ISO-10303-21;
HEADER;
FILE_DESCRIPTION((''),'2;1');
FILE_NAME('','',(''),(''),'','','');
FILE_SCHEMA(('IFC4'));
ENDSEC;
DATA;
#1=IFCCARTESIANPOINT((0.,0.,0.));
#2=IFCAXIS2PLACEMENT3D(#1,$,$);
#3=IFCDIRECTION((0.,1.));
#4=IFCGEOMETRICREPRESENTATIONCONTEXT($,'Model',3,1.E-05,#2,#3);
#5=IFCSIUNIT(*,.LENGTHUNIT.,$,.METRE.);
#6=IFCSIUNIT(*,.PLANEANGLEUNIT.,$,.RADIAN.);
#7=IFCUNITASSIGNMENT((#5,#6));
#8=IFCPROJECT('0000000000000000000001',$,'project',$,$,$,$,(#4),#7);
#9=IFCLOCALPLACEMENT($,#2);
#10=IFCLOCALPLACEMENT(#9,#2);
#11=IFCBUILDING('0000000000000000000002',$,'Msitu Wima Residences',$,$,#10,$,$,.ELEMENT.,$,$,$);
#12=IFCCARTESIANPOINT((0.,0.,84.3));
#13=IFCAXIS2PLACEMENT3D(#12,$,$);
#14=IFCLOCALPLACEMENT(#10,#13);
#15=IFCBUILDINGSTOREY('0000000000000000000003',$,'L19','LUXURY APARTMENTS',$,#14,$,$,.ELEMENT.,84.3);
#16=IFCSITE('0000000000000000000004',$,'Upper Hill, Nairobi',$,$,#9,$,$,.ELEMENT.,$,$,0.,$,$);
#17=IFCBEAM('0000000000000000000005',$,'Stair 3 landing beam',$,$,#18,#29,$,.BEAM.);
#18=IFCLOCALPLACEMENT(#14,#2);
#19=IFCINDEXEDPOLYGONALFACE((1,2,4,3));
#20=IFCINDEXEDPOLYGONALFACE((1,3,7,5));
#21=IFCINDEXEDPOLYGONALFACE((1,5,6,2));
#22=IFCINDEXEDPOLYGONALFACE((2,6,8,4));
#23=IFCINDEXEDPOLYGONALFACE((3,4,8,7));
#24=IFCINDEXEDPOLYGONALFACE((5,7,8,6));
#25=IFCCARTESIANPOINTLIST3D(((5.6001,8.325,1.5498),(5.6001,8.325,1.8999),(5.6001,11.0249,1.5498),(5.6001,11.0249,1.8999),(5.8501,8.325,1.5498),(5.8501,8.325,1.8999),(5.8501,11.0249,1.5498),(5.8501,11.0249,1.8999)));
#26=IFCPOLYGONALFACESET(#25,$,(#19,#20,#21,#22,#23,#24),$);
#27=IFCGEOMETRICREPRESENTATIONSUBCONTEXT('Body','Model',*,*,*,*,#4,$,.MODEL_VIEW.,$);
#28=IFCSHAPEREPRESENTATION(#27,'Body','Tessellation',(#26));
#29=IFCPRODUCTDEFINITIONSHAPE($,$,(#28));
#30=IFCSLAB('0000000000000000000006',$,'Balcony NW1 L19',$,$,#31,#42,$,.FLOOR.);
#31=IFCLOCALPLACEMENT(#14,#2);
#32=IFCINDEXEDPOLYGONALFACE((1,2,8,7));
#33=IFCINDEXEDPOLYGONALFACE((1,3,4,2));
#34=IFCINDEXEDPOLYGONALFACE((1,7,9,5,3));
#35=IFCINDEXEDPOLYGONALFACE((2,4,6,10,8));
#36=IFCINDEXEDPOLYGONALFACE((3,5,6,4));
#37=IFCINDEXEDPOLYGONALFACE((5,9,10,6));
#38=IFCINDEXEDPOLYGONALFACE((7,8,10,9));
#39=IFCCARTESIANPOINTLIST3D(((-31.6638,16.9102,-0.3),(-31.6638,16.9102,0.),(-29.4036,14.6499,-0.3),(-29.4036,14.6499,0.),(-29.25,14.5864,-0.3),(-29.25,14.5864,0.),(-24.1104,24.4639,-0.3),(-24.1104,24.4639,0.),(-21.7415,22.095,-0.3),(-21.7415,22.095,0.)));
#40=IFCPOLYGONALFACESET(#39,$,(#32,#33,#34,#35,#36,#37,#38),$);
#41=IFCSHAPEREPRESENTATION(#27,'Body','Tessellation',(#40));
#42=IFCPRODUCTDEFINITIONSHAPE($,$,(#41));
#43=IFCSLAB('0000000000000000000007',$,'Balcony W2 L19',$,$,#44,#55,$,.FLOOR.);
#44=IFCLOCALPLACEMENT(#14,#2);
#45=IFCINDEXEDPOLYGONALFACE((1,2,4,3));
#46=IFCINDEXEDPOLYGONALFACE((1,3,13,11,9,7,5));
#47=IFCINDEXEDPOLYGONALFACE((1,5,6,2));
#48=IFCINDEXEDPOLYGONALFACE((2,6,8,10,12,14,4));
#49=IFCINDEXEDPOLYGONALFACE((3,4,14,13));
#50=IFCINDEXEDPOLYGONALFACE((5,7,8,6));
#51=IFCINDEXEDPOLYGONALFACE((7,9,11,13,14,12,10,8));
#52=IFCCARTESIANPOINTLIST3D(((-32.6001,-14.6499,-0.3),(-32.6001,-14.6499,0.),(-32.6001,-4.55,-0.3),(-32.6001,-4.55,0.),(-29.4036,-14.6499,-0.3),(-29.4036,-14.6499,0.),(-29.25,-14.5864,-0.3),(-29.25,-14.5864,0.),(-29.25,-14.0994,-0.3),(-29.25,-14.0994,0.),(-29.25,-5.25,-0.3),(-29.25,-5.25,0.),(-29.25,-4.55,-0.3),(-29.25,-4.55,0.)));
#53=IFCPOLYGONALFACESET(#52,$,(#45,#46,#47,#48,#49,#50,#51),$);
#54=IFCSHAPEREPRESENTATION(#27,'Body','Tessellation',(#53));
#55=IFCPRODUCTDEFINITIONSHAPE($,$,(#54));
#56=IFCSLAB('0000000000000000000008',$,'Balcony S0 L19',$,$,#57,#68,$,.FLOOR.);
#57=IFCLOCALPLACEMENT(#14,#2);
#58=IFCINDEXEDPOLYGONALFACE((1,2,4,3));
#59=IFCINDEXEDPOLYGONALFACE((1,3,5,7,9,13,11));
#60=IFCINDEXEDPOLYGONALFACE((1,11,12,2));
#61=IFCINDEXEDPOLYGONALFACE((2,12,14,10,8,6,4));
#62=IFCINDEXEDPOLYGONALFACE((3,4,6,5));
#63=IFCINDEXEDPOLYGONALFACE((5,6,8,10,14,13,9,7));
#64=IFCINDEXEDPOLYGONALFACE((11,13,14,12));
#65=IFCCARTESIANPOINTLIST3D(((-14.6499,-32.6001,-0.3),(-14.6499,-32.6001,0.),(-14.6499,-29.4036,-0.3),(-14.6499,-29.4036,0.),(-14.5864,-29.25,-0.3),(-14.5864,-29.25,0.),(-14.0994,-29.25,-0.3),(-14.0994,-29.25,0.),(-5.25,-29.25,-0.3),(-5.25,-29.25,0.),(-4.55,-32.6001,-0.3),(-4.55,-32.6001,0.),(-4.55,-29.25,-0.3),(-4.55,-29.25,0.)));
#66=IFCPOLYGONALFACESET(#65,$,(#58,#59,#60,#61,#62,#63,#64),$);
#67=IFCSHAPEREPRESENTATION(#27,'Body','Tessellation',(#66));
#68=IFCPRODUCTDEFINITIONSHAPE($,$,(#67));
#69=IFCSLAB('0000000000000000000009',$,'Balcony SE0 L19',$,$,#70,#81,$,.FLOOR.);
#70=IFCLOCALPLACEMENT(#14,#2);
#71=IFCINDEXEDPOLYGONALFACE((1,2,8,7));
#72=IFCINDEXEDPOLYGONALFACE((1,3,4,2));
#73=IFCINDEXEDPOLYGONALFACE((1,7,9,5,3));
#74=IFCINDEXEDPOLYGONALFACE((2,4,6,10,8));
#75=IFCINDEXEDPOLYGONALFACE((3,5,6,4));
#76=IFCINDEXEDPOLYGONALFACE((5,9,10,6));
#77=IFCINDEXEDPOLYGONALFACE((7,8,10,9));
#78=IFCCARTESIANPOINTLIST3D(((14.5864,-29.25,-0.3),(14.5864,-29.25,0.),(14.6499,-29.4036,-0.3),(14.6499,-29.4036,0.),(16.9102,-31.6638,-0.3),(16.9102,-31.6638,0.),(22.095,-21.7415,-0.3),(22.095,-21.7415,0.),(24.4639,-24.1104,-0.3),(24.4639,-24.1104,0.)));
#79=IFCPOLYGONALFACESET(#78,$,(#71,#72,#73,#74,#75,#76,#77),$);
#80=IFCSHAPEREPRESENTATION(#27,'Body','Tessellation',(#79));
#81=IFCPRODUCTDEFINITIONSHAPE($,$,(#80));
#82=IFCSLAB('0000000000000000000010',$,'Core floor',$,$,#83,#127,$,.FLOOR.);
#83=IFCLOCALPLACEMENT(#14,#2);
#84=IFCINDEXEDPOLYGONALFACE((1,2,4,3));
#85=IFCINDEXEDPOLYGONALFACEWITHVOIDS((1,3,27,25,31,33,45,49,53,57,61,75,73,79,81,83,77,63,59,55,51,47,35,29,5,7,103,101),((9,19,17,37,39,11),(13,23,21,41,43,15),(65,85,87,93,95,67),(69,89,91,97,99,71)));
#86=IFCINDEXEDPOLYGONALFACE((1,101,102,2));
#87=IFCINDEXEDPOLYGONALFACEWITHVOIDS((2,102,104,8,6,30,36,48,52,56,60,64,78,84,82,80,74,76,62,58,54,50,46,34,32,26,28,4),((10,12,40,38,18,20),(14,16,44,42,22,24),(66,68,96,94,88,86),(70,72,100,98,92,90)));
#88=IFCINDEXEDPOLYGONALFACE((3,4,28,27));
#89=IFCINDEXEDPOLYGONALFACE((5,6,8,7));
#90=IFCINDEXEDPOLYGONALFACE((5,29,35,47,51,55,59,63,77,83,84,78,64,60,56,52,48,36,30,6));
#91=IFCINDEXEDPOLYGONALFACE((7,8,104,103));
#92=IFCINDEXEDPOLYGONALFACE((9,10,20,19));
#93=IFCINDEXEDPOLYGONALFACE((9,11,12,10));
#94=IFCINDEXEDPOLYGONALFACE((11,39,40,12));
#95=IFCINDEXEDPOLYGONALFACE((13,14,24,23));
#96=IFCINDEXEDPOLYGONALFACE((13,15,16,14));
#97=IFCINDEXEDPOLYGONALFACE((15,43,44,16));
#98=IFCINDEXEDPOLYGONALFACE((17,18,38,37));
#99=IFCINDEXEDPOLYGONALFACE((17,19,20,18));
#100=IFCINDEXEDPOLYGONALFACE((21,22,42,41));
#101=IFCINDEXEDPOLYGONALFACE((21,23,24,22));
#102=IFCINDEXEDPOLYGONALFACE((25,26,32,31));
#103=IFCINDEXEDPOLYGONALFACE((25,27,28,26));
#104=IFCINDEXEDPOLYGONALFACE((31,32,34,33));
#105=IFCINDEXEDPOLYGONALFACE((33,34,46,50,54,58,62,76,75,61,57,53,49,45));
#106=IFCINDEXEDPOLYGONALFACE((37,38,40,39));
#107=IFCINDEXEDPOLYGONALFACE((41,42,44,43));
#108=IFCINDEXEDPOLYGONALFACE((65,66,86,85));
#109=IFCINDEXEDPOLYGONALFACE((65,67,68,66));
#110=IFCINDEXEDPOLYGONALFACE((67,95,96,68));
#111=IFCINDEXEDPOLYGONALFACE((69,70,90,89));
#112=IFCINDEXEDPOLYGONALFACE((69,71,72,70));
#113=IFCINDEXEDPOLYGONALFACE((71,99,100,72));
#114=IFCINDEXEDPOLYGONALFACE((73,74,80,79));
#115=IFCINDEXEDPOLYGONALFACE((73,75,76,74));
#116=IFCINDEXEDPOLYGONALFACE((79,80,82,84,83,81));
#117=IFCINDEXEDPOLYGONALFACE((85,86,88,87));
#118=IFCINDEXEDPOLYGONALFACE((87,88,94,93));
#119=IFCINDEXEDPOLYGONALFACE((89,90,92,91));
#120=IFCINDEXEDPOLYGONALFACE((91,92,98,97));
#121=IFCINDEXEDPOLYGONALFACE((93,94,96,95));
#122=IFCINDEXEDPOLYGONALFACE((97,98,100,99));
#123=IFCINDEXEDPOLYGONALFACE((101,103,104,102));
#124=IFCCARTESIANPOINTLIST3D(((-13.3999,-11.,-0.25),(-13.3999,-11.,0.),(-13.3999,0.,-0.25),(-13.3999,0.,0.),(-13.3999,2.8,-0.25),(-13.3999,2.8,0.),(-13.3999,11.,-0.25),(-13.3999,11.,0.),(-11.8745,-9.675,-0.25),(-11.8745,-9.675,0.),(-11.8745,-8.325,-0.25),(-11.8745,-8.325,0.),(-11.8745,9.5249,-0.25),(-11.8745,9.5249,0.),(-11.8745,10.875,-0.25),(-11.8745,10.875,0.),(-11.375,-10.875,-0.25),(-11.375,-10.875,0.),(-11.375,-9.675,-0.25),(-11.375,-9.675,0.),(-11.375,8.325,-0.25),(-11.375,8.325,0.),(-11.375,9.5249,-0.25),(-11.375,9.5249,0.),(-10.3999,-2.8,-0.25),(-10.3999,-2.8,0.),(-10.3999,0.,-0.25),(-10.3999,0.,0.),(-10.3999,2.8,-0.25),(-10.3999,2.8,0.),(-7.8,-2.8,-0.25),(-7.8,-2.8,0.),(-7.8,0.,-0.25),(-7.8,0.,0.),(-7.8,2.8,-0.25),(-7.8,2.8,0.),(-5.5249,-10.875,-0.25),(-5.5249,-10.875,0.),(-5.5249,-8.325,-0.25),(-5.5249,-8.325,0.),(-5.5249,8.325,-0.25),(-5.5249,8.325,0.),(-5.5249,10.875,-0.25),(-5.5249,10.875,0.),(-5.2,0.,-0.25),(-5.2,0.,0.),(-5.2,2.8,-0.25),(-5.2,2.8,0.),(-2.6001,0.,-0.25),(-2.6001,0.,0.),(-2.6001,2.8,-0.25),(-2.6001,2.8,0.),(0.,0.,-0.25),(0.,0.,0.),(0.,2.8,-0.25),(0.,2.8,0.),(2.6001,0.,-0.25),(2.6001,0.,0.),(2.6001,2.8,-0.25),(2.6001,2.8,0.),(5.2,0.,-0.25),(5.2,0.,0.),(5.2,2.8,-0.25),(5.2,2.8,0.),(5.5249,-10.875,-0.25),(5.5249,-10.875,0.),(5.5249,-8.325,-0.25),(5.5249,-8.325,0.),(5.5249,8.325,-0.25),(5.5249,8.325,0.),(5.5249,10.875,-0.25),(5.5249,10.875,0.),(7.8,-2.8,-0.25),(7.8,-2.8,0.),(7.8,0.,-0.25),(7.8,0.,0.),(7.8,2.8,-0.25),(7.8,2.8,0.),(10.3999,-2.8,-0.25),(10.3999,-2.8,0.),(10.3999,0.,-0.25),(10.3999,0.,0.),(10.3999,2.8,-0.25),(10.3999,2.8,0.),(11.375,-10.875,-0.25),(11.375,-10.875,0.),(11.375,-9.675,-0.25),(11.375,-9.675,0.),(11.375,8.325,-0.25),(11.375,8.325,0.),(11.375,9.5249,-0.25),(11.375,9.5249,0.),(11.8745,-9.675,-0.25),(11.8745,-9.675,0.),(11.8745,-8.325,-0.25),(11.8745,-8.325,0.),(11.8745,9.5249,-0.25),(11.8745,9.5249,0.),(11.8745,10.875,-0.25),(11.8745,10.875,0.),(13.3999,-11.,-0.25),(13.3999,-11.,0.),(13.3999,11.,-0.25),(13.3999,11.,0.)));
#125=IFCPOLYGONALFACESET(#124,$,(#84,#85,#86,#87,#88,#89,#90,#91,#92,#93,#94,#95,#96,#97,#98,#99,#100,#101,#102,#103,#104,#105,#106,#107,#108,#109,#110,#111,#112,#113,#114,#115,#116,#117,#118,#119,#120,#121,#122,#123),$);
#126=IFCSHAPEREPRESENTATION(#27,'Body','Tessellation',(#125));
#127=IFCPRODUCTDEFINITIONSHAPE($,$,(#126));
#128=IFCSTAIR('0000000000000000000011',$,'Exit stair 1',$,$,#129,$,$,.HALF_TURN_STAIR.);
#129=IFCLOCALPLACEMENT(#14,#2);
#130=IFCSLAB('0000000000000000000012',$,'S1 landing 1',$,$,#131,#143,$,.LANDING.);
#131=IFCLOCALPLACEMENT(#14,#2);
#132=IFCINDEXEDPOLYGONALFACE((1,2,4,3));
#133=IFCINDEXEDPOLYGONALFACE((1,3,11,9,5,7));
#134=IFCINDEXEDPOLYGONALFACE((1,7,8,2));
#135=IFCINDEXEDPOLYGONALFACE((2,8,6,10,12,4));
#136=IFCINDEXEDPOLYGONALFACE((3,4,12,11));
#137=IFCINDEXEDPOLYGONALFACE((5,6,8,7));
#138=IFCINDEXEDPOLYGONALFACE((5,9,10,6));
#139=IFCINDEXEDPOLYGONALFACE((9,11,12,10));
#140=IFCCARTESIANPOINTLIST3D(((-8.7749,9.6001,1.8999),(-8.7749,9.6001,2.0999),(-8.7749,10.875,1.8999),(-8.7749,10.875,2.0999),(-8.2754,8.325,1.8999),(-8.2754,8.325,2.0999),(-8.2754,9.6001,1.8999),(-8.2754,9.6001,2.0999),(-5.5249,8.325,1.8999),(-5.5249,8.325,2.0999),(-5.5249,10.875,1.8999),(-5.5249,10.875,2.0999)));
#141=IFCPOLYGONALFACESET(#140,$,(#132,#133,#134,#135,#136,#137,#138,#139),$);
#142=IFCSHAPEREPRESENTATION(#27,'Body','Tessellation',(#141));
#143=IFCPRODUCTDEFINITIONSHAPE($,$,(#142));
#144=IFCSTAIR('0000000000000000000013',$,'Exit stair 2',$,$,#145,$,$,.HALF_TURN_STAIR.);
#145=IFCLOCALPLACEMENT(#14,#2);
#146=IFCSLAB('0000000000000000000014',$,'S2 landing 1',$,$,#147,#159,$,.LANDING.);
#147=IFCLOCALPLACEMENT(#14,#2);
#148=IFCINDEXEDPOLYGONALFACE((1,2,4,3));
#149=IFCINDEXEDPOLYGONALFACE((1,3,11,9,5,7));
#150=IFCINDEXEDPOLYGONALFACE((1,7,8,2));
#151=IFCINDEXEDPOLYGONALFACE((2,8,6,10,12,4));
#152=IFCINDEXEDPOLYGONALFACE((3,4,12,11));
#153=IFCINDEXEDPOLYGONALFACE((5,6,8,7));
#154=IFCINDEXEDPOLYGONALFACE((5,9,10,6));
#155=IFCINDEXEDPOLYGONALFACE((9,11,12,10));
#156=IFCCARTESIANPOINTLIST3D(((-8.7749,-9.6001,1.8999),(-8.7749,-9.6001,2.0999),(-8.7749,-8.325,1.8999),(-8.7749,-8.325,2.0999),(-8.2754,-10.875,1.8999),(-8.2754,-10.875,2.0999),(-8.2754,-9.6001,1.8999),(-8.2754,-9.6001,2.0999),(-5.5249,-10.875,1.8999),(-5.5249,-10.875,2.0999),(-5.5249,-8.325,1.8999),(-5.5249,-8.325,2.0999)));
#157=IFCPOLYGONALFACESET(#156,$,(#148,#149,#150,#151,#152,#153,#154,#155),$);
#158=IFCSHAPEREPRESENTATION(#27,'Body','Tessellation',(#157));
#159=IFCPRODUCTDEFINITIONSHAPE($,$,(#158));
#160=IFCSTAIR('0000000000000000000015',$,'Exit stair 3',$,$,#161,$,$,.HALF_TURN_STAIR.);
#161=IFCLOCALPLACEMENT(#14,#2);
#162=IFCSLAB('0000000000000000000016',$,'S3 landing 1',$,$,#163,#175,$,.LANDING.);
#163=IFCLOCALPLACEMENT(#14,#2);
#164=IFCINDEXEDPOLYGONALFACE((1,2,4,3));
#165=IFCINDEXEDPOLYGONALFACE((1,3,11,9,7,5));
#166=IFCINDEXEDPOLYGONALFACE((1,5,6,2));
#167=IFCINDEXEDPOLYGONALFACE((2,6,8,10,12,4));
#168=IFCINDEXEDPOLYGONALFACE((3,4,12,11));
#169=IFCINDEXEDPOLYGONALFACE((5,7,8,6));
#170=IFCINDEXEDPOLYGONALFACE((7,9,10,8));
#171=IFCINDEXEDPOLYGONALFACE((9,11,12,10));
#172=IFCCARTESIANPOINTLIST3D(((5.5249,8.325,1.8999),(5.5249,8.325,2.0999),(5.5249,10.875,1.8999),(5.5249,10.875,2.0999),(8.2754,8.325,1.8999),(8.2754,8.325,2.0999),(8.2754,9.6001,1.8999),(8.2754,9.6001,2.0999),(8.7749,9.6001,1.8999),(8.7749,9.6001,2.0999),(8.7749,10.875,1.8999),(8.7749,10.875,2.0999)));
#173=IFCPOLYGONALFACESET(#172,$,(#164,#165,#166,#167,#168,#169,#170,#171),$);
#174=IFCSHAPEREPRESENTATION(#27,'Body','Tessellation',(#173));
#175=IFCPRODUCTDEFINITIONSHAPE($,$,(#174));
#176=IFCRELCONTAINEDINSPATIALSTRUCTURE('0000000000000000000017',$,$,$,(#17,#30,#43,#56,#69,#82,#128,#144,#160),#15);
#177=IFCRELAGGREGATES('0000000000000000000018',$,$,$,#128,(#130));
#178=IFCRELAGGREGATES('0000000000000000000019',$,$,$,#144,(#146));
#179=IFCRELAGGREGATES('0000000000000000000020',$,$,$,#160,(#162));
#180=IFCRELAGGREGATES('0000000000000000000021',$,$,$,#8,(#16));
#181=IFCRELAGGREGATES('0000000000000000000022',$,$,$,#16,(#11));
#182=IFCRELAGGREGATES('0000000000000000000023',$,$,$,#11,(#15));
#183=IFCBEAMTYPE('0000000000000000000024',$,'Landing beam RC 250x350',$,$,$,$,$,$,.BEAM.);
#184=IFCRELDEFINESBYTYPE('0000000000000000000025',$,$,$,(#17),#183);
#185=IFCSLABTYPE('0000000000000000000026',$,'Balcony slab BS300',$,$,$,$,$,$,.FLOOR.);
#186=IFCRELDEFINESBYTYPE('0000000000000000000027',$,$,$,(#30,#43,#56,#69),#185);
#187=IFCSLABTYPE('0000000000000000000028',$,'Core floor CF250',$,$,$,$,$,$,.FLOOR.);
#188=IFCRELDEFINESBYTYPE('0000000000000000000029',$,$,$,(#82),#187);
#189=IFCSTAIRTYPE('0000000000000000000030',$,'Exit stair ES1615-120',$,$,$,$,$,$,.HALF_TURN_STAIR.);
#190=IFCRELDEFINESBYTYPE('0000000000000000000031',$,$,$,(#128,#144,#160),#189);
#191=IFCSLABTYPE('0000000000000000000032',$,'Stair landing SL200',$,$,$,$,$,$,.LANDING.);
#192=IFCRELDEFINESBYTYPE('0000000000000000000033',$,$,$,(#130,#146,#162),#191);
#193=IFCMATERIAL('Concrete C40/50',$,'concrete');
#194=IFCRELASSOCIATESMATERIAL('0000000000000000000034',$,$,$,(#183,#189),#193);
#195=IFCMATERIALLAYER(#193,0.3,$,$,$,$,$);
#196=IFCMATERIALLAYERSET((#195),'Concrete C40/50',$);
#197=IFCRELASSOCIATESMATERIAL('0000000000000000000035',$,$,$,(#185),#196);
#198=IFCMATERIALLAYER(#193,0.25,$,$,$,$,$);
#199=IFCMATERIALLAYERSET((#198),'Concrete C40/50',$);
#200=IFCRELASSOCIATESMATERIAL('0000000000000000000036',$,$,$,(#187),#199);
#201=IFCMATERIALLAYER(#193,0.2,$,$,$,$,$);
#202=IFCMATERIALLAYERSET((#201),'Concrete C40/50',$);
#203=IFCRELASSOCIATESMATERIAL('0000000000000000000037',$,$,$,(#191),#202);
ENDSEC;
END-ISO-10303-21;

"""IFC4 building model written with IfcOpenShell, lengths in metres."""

from ifc_helpers import new_model, si_unit, direction, frame, origin, origin_2d, place, context, subcontext, project, spatial, polyline, rectangle, outline, extrude, material, layer, layer_set, material_profile, profile_set, type_object, element, aggregate, save


model = new_model("IFC4")

# Units and contexts
model_context = context("Model", 3, precision=1e-05, world=origin(), true_north=direction((0.0, 1.0)))
body_context = subcontext(model_context, "Body", "Model", "MODEL_VIEW")
ifc_project = project(units=[si_unit("LENGTHUNIT", "METRE"), si_unit("PLANEANGLEUNIT", "RADIAN")], contexts=[model_context])

# Site, building, storey
site_placement = place(None, origin())
site = spatial("IfcSite", under=ifc_project, at=site_placement, Name="Upper Hill, Nairobi", CompositionType="ELEMENT", RefElevation=0.0)
building_placement = place(site_placement, origin())
building = spatial("IfcBuilding", under=site, at=building_placement, Name="Msitu Wima Residences", CompositionType="ELEMENT")
storey_placement = place(building_placement, frame((0.0, 0.0, 84.3)))
storey = spatial("IfcBuildingStorey", under=building, at=storey_placement, Name="L19", Description="LUXURY APARTMENTS", CompositionType="ELEMENT", Elevation=84.3)

# Beam
ifc_material_1 = material(Name="Concrete C40/50", Category="concrete")
ifc_material_profile = material_profile(ifc_material_1, rectangle(XDim=0.25, YDim=0.3501, at=origin_2d()), Name="RC 250x350")
ifc_profile_set = profile_set([ifc_material_profile], Name="Concrete C40/50")
beam_type = type_object("IfcBeamType", Name="Landing beam RC 250x350", PredefinedType="BEAM", material=ifc_profile_set)
beam_placement = place(storey_placement, frame((5.7251, 8.325, 1.7249), z_axis=(0.0, 1.0, 0.0), x_axis=(-1.0, 0.0, 0.0)))
element("IfcBeam", 1, at=beam_placement, inside=storey, type_object=beam_type, Name="Stair 3 landing beam", PredefinedType="BEAM", context=body_context, shape_type="SweptSolid", body=[
    extrude(rectangle(XDim=0.25, YDim=0.3501, at=origin_2d()), origin(), (0.0, 0.0, 1.0), 2.7),
])

# Slabs
ifc_layer_1 = layer(ifc_material_1, 0.3)
ifc_layer_set_1 = layer_set([ifc_layer_1], Name="Concrete C40/50")
slab_type_1 = type_object("IfcSlabType", Name="Balcony slab BS300", PredefinedType="FLOOR", material=ifc_layer_set_1)
slab_1_placement = place(storey_placement, frame((0.0, 0.0, -0.3)))
element("IfcSlab", 2, at=slab_1_placement, inside=storey, type_object=slab_type_1, Name="Balcony NW1 L19", PredefinedType="FLOOR", context=body_context, shape_type="SweptSolid", body=[
    extrude(outline(polyline([(-31.6638, 16.9102), (-24.1104, 24.4639), (-21.7415, 22.095), (-29.25, 14.5864), (-29.4036, 14.6499), (-31.6638, 16.9102)])), origin(), (0.0, 0.0, 1.0), 0.3),
])
slab_2_placement = place(storey_placement, frame((0.0, 0.0, -0.3)))
element("IfcSlab", 3, at=slab_2_placement, inside=storey, type_object=slab_type_1, Name="Balcony W2 L19", PredefinedType="FLOOR", context=body_context, shape_type="SweptSolid", body=[
    extrude(outline(polyline([(-29.25, -14.0994), (-29.25, -14.0994), (-29.25, -14.0994), (-29.25, -14.5864), (-29.4036, -14.6499), (-32.6001, -14.6499), (-32.6001, -4.55), (-29.25, -4.55), (-29.25, -5.25), (-29.25, -14.0994)])), origin(), (0.0, 0.0, 1.0), 0.3),
])
slab_3_placement = place(storey_placement, frame((0.0, 0.0, -0.3)))
element("IfcSlab", 4, at=slab_3_placement, inside=storey, type_object=slab_type_1, Name="Balcony S0 L19", PredefinedType="FLOOR", context=body_context, shape_type="SweptSolid", body=[
    extrude(outline(polyline([(-14.0994, -29.25), (-14.0994, -29.25), (-5.25, -29.25), (-4.55, -29.25), (-4.55, -32.6001), (-14.6499, -32.6001), (-14.6499, -29.4036), (-14.5864, -29.25), (-14.0994, -29.25), (-14.0994, -29.25)])), origin(), (0.0, 0.0, 1.0), 0.3),
])
slab_4_placement = place(storey_placement, frame((0.0, 0.0, -0.3)))
element("IfcSlab", 5, at=slab_4_placement, inside=storey, type_object=slab_type_1, Name="Balcony SE0 L19", PredefinedType="FLOOR", context=body_context, shape_type="SweptSolid", body=[
    extrude(outline(polyline([(24.4639, -24.1104), (16.9102, -31.6638), (14.6499, -29.4036), (14.5864, -29.25), (22.095, -21.7415), (24.4639, -24.1104)])), origin(), (0.0, 0.0, 1.0), 0.3),
])
ifc_layer_2 = layer(ifc_material_1, 0.25)
ifc_layer_set_2 = layer_set([ifc_layer_2], Name="Concrete C40/50")
slab_type_2 = type_object("IfcSlabType", Name="Core floor CF250", PredefinedType="FLOOR", material=ifc_layer_set_2)
slab_5_placement = place(storey_placement, frame((0.0, 0.0, -0.25)))
element("IfcSlab", 6, at=slab_5_placement, inside=storey, type_object=slab_type_2, Name="Core floor", PredefinedType="FLOOR", context=body_context, shape_type="SweptSolid", body=[
    extrude(outline(polyline([(-13.3999, 11.0), (-13.3999, 2.8), (-10.3999, 2.8), (-7.8, 2.8), (-5.2, 2.8), (-2.6001, 2.8), (0.0, 2.8), (2.6001, 2.8), (5.2, 2.8), (7.8, 2.8), (10.3999, 2.8), (10.3999, 0.0), (10.3999, -2.8), (7.8, -2.8), (7.8, 0.0), (5.2, 0.0), (2.6001, 0.0), (0.0, 0.0), (-2.6001, 0.0), (-5.2, 0.0), (-7.8, 0.0), (-7.8, -2.8), (-10.3999, -2.8), (-10.3999, 0.0), (-13.3999, 0.0), (-13.3999, -11.0), (13.3999, -11.0), (13.3999, 11.0), (-13.3999, 11.0)]), holes=[polyline([(-11.375, -10.875), (-11.375, -9.675), (-11.8745, -9.675), (-11.8745, -8.325), (-5.5249, -8.325), (-5.5249, -10.875), (-11.375, -10.875)]), polyline([(-11.375, 9.5249), (-11.8745, 9.5249), (-11.8745, 10.875), (-5.5249, 10.875), (-5.5249, 8.325), (-11.375, 8.325), (-11.375, 9.5249)]), polyline([(11.375, -9.675), (11.375, -10.875), (5.5249, -10.875), (5.5249, -8.325), (11.8745, -8.325), (11.8745, -9.675), (11.375, -9.675)]), polyline([(11.375, 9.5249), (11.375, 8.325), (5.5249, 8.325), (5.5249, 10.875), (11.8745, 10.875), (11.8745, 9.5249), (11.375, 9.5249)])]), origin(), (0.0, 0.0, 1.0), 0.25),
])

# Stairs, slabs
stair_type = type_object("IfcStairType", Name="Exit stair ES1615-120", PredefinedType="HALF_TURN_STAIR", material=ifc_material_1)
stair_1_placement = place(storey_placement, origin())
stair_1 = element("IfcStair", 7, at=stair_1_placement, inside=storey, type_object=stair_type, Name="Exit stair 1", PredefinedType="HALF_TURN_STAIR")
ifc_layer_3 = layer(ifc_material_1, 0.2)
ifc_layer_set_3 = layer_set([ifc_layer_3], Name="Concrete C40/50")
slab_type_3 = type_object("IfcSlabType", Name="Stair landing SL200", PredefinedType="LANDING", material=ifc_layer_set_3)
slab_6_placement = place(storey_placement, frame((0.0, 0.0, 1.8999)))
slab_6 = element("IfcSlab", 8, at=slab_6_placement, type_object=slab_type_3, Name="S1 landing 1", PredefinedType="LANDING", context=body_context, shape_type="SweptSolid", body=[
    extrude(outline(polyline([(-5.5249, 8.325), (-8.2754, 8.325), (-8.2754, 9.6001), (-8.7749, 9.6001), (-8.7749, 10.875), (-5.5249, 10.875), (-5.5249, 8.325)])), origin(), (0.0, 0.0, 1.0), 0.2),
])
aggregate(stair_1, [slab_6])
stair_2_placement = place(storey_placement, origin())
stair_2 = element("IfcStair", 9, at=stair_2_placement, inside=storey, type_object=stair_type, Name="Exit stair 2", PredefinedType="HALF_TURN_STAIR")
slab_7_placement = place(storey_placement, frame((0.0, 0.0, 1.8999)))
slab_7 = element("IfcSlab", 10, at=slab_7_placement, type_object=slab_type_3, Name="S2 landing 1", PredefinedType="LANDING", context=body_context, shape_type="SweptSolid", body=[
    extrude(outline(polyline([(-5.5249, -10.875), (-8.2754, -10.875), (-8.2754, -9.6001), (-8.7749, -9.6001), (-8.7749, -8.325), (-5.5249, -8.325), (-5.5249, -10.875)])), origin(), (0.0, 0.0, 1.0), 0.2),
])
aggregate(stair_2, [slab_7])
stair_3_placement = place(storey_placement, origin())
stair_3 = element("IfcStair", 11, at=stair_3_placement, inside=storey, type_object=stair_type, Name="Exit stair 3", PredefinedType="HALF_TURN_STAIR")
slab_8_placement = place(storey_placement, frame((0.0, 0.0, 1.8999)))
slab_8 = element("IfcSlab", 12, at=slab_8_placement, type_object=slab_type_3, Name="S3 landing 1", PredefinedType="LANDING", context=body_context, shape_type="SweptSolid", body=[
    extrude(outline(polyline([(5.5249, 8.325), (8.2754, 8.325), (8.2754, 9.6001), (8.7749, 9.6001), (8.7749, 10.875), (5.5249, 10.875), (5.5249, 8.325)])), origin(), (0.0, 0.0, 1.0), 0.2),
])
aggregate(stair_3, [slab_8])

save(model, "model.ifc")
